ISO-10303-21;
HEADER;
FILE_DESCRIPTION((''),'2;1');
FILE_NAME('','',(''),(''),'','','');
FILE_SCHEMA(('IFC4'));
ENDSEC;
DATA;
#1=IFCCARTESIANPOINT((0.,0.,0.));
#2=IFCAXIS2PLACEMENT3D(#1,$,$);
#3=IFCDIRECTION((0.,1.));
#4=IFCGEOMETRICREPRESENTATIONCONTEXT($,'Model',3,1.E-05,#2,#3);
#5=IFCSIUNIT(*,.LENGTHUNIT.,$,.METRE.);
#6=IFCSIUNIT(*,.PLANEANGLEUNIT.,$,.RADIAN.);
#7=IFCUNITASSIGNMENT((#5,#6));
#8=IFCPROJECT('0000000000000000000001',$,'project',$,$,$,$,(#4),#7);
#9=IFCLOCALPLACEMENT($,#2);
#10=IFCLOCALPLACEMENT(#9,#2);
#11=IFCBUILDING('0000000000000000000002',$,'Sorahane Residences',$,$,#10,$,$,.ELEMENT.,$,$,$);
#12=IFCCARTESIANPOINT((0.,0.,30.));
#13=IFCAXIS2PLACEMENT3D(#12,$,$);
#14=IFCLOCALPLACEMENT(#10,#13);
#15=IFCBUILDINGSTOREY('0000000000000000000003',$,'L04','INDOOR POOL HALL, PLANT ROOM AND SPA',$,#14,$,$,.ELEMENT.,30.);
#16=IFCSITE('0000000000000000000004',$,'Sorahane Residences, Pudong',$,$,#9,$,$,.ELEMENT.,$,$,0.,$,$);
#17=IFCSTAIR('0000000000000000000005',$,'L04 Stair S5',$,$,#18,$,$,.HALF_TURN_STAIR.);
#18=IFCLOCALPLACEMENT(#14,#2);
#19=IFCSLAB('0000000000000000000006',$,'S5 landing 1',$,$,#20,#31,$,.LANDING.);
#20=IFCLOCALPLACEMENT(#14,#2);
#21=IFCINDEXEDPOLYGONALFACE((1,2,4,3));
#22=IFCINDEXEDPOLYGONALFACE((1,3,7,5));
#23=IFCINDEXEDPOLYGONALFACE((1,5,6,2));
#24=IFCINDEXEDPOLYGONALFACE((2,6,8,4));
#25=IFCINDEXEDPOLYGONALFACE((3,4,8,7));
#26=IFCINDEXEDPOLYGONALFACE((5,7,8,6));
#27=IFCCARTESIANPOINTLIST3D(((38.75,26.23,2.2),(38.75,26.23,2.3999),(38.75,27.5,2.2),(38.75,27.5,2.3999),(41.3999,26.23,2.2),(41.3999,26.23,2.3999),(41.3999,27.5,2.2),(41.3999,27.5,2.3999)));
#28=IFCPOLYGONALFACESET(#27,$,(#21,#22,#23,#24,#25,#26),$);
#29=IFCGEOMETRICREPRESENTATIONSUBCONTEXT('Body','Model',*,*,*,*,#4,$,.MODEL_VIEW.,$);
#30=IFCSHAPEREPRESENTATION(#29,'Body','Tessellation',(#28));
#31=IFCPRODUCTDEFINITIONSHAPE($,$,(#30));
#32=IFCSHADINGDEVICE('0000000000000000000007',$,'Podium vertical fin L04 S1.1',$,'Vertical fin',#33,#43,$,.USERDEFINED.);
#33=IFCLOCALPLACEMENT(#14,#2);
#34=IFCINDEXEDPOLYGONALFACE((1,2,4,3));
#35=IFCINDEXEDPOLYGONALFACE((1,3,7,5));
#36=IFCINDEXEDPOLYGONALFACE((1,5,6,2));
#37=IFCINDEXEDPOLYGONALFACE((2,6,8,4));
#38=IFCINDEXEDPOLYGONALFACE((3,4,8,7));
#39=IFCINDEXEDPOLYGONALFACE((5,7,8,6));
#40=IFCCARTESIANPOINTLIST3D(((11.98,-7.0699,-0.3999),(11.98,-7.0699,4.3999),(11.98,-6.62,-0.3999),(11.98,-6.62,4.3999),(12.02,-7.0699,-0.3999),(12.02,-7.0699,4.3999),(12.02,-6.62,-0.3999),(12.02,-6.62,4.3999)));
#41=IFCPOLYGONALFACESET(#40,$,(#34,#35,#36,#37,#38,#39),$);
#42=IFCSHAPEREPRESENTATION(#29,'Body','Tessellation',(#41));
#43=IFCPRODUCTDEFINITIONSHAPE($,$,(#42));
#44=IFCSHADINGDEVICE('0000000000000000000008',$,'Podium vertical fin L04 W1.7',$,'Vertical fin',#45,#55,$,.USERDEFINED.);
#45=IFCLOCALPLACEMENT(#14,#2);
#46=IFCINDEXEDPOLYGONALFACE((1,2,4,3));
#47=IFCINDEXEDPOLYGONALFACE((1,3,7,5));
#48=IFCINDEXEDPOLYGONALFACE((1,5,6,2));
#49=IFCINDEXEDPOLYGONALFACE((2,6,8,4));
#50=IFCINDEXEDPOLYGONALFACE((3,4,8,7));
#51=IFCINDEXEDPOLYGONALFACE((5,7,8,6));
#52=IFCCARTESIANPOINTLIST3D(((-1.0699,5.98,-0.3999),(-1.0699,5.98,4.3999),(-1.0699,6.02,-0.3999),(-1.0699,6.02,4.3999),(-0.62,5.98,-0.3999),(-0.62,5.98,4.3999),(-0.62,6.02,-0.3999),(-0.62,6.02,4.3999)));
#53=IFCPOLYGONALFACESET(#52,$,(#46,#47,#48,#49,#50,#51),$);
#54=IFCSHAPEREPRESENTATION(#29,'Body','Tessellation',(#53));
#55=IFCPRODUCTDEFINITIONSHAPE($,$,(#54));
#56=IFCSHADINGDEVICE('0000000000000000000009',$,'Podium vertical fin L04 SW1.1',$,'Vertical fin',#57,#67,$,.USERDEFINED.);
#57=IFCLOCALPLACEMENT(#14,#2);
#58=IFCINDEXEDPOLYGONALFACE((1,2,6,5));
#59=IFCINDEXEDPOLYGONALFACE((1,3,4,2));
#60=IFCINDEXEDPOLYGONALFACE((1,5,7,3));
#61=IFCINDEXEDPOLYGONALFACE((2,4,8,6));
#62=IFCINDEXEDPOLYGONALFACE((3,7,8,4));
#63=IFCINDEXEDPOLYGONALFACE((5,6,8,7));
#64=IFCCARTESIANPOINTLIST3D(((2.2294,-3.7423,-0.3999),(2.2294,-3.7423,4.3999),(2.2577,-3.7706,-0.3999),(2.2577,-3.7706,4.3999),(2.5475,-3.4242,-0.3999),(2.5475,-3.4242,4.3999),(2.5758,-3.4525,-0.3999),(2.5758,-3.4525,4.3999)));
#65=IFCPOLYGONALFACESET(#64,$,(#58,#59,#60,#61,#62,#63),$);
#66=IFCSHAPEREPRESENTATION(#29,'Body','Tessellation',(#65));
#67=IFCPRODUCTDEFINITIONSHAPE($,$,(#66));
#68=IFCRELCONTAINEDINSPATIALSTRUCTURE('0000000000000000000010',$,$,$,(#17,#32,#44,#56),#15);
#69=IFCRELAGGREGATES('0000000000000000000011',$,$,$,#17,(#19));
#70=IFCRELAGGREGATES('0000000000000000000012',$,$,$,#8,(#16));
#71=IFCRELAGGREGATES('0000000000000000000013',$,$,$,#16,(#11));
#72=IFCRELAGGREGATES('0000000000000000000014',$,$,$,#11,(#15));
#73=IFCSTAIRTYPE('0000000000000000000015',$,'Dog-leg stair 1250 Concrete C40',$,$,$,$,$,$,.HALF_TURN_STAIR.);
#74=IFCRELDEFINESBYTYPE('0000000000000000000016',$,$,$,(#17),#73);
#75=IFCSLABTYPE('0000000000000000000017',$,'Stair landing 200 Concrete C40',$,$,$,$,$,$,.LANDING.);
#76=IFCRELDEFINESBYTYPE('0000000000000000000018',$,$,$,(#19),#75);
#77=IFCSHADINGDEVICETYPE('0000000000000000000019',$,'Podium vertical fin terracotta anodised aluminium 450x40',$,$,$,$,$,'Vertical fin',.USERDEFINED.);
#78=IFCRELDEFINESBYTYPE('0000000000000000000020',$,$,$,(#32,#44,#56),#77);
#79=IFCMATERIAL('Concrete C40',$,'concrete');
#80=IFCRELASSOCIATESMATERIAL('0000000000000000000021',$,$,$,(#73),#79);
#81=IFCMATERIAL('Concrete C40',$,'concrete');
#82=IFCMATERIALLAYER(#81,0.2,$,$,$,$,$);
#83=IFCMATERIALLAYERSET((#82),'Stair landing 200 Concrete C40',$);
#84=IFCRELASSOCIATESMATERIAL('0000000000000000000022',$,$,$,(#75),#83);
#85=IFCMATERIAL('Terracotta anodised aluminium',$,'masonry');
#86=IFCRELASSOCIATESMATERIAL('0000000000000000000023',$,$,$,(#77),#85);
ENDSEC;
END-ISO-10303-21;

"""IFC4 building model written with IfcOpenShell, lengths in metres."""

from ifc_helpers import new_model, si_unit, direction, frame, origin, origin_2d, place, context, subcontext, project, spatial, polyline, rectangle, outline, extrude, material, layer, layer_set, material_profile, profile_set, type_object, element, aggregate, save


model = new_model("IFC4")

# Units and contexts
model_context = context("Model", 3, precision=1e-05, world=origin(), true_north=direction((0.0, 1.0)))
body_context = subcontext(model_context, "Body", "Model", "MODEL_VIEW")
ifc_project = project(units=[si_unit("LENGTHUNIT", "METRE"), si_unit("PLANEANGLEUNIT", "RADIAN")], contexts=[model_context])

# Site, building, storey
site_placement = place(None, origin())
site = spatial("IfcSite", under=ifc_project, at=site_placement, Name="Sorahane Residences, Pudong", CompositionType="ELEMENT", RefElevation=0.0)
building_placement = place(site_placement, origin())
building = spatial("IfcBuilding", under=site, at=building_placement, Name="Sorahane Residences", CompositionType="ELEMENT")
storey_placement = place(building_placement, frame((0.0, 0.0, 30.0)))
storey = spatial("IfcBuildingStorey", under=building, at=storey_placement, Name="L04", Description="INDOOR POOL HALL, PLANT ROOM AND SPA", CompositionType="ELEMENT", Elevation=30.0)

# Stair, slab
ifc_material_1 = material(Name="Concrete C40", Category="concrete")
stair_type = type_object("IfcStairType", Name="Dog-leg stair 1250 Concrete C40", PredefinedType="HALF_TURN_STAIR", material=ifc_material_1)
ifc_material_2 = material(Name="Concrete C40", Category="concrete")
ifc_layer_1 = layer(ifc_material_2, 0.2)
ifc_layer_set_1 = layer_set([ifc_layer_1], Name="Stair landing 200 Concrete C40")
slab_type_1 = type_object("IfcSlabType", Name="Stair landing 200 Concrete C40", PredefinedType="LANDING", material=ifc_layer_set_1)
stair_1_placement = place(storey_placement, origin())
stair_1 = element("IfcStair", 1, at=stair_1_placement, inside=storey, type_object=stair_type, Name="L04 Stair S5", PredefinedType="HALF_TURN_STAIR")
slab_1_placement = place(storey_placement, frame((0.0, 0.0, 2.2)))
slab_1 = element("IfcSlab", 2, at=slab_1_placement, type_object=slab_type_1, Name="S5 landing 1", PredefinedType="LANDING", context=body_context, shape_type="SweptSolid", body=[
    extrude(outline(polyline([(41.3999, 26.23), (41.3999, 27.5), (38.75, 27.5), (38.75, 26.23), (41.3999, 26.23)])), origin(), (0.0, 0.0, 1.0), 0.2),
])
aggregate(stair_1, [slab_1])

# Shading devices
ifc_material_3 = material(Name="Terracotta anodised aluminium", Category="masonry")
ifc_material_profile_1 = material_profile(ifc_material_3, rectangle(XDim=0.45, YDim=0.04, at=origin_2d()), Name="Podium vertical fin terracotta anodised aluminium 450x40")
ifc_profile_set_1 = profile_set([ifc_material_profile_1], Name="Terracotta anodised aluminium")
shading_device_type = type_object("IfcShadingDeviceType", Name="Podium vertical fin terracotta anodised aluminium 450x40", ElementType="Vertical fin", PredefinedType="USERDEFINED", material=ifc_profile_set_1)
for number, where, z_axis, x_axis, name in (
    (3, (12.0, -6.845, -0.3999), (0.0, 0.0, 1.0), (0.0, -1.0, 0.0), "Podium vertical fin L04 S1.1"),
    (4, (-0.845, 6.0, -0.3999), (0.0, 0.0, 1.0), (-1.0, 0.0, 0.0), "Podium vertical fin L04 W1.7"),
    (5, (2.4026, -3.5974, -0.3999), (0.0, 0.0, 1.0), (-0.707107, -0.707107, 0.0), "Podium vertical fin L04 SW1.1"),
):
    element("IfcShadingDevice", number, at=place(storey_placement, frame(where, z_axis=z_axis, x_axis=x_axis)), inside=storey, type_object=shading_device_type, Name=name, ObjectType="Vertical fin", PredefinedType="USERDEFINED", context=body_context, shape_type="SweptSolid", body=[
        extrude(rectangle(XDim=0.45, YDim=0.04, at=origin_2d()), origin(), (0.0, 0.0, 1.0), 4.7998),
    ])

save(model, "model.ifc")
